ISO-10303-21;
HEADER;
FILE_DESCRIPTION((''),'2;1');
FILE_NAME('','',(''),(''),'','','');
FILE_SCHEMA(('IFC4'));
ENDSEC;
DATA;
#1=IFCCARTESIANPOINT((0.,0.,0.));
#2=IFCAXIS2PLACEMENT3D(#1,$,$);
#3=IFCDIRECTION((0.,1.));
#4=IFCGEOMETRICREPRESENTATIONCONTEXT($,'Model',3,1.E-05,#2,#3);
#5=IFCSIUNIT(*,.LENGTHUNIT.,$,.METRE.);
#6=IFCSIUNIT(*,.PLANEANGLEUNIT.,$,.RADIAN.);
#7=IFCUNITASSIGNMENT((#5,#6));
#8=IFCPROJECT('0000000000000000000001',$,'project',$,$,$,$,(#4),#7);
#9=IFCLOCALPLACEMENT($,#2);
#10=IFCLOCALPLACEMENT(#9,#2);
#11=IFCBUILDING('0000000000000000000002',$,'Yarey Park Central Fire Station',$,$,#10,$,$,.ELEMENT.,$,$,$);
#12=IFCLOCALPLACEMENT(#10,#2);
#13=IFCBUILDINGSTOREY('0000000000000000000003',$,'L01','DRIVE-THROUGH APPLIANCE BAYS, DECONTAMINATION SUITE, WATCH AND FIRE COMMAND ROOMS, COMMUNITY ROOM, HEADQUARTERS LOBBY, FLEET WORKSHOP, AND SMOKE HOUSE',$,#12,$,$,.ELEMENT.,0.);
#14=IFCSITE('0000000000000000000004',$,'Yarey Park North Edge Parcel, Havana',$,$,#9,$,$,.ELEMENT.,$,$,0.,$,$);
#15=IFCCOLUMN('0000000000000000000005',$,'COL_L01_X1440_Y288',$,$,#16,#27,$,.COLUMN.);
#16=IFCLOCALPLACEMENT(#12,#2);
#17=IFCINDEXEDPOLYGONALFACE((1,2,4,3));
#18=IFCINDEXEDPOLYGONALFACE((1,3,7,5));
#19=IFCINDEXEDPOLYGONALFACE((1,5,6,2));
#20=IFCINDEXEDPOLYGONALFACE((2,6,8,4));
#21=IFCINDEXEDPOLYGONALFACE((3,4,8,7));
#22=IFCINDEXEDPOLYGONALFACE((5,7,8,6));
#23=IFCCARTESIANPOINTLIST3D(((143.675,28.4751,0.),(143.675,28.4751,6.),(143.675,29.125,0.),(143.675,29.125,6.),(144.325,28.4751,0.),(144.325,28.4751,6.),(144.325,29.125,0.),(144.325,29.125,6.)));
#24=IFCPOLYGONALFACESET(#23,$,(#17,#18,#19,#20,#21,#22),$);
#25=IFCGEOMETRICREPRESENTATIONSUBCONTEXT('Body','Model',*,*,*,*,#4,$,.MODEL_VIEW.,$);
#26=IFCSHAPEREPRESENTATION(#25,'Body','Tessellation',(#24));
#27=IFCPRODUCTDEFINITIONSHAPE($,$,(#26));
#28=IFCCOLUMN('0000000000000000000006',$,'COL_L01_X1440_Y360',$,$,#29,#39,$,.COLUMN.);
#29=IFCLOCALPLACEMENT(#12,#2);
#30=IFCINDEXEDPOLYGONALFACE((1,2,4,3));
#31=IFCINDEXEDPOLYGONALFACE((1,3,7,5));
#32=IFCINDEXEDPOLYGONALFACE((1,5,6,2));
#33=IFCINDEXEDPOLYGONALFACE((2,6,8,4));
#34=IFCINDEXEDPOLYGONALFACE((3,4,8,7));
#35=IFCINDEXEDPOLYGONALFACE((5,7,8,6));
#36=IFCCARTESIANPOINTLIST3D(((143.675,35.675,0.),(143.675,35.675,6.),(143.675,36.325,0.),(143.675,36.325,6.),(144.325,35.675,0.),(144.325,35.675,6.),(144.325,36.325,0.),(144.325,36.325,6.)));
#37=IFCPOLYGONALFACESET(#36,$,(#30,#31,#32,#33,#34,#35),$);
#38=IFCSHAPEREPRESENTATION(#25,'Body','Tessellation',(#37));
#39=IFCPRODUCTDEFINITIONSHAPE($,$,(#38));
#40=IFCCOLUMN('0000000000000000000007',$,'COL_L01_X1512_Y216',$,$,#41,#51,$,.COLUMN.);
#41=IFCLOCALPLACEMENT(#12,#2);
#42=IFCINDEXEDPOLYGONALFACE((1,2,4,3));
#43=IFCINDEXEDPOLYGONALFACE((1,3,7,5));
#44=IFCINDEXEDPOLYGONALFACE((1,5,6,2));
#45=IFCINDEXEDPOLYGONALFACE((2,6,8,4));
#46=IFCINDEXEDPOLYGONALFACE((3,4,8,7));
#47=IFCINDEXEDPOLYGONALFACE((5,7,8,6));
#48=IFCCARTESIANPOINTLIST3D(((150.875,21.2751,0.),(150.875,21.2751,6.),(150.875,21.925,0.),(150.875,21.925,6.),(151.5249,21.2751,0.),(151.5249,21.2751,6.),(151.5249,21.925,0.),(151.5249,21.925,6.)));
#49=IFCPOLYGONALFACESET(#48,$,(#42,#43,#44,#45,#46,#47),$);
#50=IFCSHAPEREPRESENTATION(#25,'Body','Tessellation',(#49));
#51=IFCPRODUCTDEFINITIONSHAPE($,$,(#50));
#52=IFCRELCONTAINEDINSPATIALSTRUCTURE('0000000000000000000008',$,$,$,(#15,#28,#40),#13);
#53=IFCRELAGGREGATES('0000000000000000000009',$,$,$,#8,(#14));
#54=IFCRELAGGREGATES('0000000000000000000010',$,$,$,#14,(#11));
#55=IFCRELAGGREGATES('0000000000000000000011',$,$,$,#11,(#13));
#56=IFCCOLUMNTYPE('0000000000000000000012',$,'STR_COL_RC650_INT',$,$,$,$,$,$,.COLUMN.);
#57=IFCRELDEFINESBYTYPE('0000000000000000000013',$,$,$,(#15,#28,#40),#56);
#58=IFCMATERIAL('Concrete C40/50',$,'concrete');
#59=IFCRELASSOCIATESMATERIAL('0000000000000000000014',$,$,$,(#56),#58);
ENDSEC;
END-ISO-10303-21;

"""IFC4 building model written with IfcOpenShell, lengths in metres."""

from ifc_helpers import new_model, si_unit, direction, frame, origin, origin_2d, place, context, subcontext, project, spatial, rectangle, extrude, material, material_profile, profile_set, type_object, element, save


model = new_model("IFC4")

# Units and contexts
model_context = context("Model", 3, precision=1e-05, world=origin(), true_north=direction((0.0, 1.0)))
body_context = subcontext(model_context, "Body", "Model", "MODEL_VIEW")
ifc_project = project(units=[si_unit("LENGTHUNIT", "METRE"), si_unit("PLANEANGLEUNIT", "RADIAN")], contexts=[model_context])

# Site, building, storey
site_placement = place(None, origin())
site = spatial("IfcSite", under=ifc_project, at=site_placement, Name="Yarey Park North Edge Parcel, Havana", CompositionType="ELEMENT", RefElevation=0.0)
building_placement = place(site_placement, origin())
building = spatial("IfcBuilding", under=site, at=building_placement, Name="Yarey Park Central Fire Station", CompositionType="ELEMENT")
storey_placement = place(building_placement, origin())
storey = spatial("IfcBuildingStorey", under=building, at=storey_placement, Name="L01", Description="DRIVE-THROUGH APPLIANCE BAYS, DECONTAMINATION SUITE, WATCH AND FIRE COMMAND ROOMS, COMMUNITY ROOM, HEADQUARTERS LOBBY, FLEET WORKSHOP, AND SMOKE HOUSE", CompositionType="ELEMENT", Elevation=0.0)

# Columns
ifc_material_1 = material(Name="Concrete C40/50", Category="concrete")
ifc_material_profile_1 = material_profile(ifc_material_1, rectangle(XDim=0.6499, YDim=0.6499, at=origin_2d()), Name="RC 650x650")
ifc_profile_set_1 = profile_set([ifc_material_profile_1], Name="Concrete C40/50")
column_type_1 = type_object("IfcColumnType", Name="STR_COL_RC650_INT", PredefinedType="COLUMN", material=ifc_profile_set_1)
for number, where, z_axis, x_axis, name in (
    (1, (144.0, 28.8, 0.0), (0.0, 0.0, 1.0), (1.0, 0.0, 0.0), "COL_L01_X1440_Y288"),
    (2, (144.0, 36.0, 0.0), (0.0, 0.0, 1.0), (1.0, 0.0, 0.0), "COL_L01_X1440_Y360"),
    (3, (151.2, 21.6001, 0.0), (0.0, 0.0, 1.0), (1.0, 0.0, 0.0), "COL_L01_X1512_Y216"),
):
    element("IfcColumn", number, at=place(storey_placement, frame(where, z_axis=z_axis, x_axis=x_axis)), inside=storey, type_object=column_type_1, Name=name, PredefinedType="COLUMN", context=body_context, shape_type="SweptSolid", body=[
        extrude(rectangle(XDim=0.6499, YDim=0.6499, at=origin_2d()), origin(), (0.0, 0.0, 1.0), 6.0),
    ])

save(model, "model.ifc")
